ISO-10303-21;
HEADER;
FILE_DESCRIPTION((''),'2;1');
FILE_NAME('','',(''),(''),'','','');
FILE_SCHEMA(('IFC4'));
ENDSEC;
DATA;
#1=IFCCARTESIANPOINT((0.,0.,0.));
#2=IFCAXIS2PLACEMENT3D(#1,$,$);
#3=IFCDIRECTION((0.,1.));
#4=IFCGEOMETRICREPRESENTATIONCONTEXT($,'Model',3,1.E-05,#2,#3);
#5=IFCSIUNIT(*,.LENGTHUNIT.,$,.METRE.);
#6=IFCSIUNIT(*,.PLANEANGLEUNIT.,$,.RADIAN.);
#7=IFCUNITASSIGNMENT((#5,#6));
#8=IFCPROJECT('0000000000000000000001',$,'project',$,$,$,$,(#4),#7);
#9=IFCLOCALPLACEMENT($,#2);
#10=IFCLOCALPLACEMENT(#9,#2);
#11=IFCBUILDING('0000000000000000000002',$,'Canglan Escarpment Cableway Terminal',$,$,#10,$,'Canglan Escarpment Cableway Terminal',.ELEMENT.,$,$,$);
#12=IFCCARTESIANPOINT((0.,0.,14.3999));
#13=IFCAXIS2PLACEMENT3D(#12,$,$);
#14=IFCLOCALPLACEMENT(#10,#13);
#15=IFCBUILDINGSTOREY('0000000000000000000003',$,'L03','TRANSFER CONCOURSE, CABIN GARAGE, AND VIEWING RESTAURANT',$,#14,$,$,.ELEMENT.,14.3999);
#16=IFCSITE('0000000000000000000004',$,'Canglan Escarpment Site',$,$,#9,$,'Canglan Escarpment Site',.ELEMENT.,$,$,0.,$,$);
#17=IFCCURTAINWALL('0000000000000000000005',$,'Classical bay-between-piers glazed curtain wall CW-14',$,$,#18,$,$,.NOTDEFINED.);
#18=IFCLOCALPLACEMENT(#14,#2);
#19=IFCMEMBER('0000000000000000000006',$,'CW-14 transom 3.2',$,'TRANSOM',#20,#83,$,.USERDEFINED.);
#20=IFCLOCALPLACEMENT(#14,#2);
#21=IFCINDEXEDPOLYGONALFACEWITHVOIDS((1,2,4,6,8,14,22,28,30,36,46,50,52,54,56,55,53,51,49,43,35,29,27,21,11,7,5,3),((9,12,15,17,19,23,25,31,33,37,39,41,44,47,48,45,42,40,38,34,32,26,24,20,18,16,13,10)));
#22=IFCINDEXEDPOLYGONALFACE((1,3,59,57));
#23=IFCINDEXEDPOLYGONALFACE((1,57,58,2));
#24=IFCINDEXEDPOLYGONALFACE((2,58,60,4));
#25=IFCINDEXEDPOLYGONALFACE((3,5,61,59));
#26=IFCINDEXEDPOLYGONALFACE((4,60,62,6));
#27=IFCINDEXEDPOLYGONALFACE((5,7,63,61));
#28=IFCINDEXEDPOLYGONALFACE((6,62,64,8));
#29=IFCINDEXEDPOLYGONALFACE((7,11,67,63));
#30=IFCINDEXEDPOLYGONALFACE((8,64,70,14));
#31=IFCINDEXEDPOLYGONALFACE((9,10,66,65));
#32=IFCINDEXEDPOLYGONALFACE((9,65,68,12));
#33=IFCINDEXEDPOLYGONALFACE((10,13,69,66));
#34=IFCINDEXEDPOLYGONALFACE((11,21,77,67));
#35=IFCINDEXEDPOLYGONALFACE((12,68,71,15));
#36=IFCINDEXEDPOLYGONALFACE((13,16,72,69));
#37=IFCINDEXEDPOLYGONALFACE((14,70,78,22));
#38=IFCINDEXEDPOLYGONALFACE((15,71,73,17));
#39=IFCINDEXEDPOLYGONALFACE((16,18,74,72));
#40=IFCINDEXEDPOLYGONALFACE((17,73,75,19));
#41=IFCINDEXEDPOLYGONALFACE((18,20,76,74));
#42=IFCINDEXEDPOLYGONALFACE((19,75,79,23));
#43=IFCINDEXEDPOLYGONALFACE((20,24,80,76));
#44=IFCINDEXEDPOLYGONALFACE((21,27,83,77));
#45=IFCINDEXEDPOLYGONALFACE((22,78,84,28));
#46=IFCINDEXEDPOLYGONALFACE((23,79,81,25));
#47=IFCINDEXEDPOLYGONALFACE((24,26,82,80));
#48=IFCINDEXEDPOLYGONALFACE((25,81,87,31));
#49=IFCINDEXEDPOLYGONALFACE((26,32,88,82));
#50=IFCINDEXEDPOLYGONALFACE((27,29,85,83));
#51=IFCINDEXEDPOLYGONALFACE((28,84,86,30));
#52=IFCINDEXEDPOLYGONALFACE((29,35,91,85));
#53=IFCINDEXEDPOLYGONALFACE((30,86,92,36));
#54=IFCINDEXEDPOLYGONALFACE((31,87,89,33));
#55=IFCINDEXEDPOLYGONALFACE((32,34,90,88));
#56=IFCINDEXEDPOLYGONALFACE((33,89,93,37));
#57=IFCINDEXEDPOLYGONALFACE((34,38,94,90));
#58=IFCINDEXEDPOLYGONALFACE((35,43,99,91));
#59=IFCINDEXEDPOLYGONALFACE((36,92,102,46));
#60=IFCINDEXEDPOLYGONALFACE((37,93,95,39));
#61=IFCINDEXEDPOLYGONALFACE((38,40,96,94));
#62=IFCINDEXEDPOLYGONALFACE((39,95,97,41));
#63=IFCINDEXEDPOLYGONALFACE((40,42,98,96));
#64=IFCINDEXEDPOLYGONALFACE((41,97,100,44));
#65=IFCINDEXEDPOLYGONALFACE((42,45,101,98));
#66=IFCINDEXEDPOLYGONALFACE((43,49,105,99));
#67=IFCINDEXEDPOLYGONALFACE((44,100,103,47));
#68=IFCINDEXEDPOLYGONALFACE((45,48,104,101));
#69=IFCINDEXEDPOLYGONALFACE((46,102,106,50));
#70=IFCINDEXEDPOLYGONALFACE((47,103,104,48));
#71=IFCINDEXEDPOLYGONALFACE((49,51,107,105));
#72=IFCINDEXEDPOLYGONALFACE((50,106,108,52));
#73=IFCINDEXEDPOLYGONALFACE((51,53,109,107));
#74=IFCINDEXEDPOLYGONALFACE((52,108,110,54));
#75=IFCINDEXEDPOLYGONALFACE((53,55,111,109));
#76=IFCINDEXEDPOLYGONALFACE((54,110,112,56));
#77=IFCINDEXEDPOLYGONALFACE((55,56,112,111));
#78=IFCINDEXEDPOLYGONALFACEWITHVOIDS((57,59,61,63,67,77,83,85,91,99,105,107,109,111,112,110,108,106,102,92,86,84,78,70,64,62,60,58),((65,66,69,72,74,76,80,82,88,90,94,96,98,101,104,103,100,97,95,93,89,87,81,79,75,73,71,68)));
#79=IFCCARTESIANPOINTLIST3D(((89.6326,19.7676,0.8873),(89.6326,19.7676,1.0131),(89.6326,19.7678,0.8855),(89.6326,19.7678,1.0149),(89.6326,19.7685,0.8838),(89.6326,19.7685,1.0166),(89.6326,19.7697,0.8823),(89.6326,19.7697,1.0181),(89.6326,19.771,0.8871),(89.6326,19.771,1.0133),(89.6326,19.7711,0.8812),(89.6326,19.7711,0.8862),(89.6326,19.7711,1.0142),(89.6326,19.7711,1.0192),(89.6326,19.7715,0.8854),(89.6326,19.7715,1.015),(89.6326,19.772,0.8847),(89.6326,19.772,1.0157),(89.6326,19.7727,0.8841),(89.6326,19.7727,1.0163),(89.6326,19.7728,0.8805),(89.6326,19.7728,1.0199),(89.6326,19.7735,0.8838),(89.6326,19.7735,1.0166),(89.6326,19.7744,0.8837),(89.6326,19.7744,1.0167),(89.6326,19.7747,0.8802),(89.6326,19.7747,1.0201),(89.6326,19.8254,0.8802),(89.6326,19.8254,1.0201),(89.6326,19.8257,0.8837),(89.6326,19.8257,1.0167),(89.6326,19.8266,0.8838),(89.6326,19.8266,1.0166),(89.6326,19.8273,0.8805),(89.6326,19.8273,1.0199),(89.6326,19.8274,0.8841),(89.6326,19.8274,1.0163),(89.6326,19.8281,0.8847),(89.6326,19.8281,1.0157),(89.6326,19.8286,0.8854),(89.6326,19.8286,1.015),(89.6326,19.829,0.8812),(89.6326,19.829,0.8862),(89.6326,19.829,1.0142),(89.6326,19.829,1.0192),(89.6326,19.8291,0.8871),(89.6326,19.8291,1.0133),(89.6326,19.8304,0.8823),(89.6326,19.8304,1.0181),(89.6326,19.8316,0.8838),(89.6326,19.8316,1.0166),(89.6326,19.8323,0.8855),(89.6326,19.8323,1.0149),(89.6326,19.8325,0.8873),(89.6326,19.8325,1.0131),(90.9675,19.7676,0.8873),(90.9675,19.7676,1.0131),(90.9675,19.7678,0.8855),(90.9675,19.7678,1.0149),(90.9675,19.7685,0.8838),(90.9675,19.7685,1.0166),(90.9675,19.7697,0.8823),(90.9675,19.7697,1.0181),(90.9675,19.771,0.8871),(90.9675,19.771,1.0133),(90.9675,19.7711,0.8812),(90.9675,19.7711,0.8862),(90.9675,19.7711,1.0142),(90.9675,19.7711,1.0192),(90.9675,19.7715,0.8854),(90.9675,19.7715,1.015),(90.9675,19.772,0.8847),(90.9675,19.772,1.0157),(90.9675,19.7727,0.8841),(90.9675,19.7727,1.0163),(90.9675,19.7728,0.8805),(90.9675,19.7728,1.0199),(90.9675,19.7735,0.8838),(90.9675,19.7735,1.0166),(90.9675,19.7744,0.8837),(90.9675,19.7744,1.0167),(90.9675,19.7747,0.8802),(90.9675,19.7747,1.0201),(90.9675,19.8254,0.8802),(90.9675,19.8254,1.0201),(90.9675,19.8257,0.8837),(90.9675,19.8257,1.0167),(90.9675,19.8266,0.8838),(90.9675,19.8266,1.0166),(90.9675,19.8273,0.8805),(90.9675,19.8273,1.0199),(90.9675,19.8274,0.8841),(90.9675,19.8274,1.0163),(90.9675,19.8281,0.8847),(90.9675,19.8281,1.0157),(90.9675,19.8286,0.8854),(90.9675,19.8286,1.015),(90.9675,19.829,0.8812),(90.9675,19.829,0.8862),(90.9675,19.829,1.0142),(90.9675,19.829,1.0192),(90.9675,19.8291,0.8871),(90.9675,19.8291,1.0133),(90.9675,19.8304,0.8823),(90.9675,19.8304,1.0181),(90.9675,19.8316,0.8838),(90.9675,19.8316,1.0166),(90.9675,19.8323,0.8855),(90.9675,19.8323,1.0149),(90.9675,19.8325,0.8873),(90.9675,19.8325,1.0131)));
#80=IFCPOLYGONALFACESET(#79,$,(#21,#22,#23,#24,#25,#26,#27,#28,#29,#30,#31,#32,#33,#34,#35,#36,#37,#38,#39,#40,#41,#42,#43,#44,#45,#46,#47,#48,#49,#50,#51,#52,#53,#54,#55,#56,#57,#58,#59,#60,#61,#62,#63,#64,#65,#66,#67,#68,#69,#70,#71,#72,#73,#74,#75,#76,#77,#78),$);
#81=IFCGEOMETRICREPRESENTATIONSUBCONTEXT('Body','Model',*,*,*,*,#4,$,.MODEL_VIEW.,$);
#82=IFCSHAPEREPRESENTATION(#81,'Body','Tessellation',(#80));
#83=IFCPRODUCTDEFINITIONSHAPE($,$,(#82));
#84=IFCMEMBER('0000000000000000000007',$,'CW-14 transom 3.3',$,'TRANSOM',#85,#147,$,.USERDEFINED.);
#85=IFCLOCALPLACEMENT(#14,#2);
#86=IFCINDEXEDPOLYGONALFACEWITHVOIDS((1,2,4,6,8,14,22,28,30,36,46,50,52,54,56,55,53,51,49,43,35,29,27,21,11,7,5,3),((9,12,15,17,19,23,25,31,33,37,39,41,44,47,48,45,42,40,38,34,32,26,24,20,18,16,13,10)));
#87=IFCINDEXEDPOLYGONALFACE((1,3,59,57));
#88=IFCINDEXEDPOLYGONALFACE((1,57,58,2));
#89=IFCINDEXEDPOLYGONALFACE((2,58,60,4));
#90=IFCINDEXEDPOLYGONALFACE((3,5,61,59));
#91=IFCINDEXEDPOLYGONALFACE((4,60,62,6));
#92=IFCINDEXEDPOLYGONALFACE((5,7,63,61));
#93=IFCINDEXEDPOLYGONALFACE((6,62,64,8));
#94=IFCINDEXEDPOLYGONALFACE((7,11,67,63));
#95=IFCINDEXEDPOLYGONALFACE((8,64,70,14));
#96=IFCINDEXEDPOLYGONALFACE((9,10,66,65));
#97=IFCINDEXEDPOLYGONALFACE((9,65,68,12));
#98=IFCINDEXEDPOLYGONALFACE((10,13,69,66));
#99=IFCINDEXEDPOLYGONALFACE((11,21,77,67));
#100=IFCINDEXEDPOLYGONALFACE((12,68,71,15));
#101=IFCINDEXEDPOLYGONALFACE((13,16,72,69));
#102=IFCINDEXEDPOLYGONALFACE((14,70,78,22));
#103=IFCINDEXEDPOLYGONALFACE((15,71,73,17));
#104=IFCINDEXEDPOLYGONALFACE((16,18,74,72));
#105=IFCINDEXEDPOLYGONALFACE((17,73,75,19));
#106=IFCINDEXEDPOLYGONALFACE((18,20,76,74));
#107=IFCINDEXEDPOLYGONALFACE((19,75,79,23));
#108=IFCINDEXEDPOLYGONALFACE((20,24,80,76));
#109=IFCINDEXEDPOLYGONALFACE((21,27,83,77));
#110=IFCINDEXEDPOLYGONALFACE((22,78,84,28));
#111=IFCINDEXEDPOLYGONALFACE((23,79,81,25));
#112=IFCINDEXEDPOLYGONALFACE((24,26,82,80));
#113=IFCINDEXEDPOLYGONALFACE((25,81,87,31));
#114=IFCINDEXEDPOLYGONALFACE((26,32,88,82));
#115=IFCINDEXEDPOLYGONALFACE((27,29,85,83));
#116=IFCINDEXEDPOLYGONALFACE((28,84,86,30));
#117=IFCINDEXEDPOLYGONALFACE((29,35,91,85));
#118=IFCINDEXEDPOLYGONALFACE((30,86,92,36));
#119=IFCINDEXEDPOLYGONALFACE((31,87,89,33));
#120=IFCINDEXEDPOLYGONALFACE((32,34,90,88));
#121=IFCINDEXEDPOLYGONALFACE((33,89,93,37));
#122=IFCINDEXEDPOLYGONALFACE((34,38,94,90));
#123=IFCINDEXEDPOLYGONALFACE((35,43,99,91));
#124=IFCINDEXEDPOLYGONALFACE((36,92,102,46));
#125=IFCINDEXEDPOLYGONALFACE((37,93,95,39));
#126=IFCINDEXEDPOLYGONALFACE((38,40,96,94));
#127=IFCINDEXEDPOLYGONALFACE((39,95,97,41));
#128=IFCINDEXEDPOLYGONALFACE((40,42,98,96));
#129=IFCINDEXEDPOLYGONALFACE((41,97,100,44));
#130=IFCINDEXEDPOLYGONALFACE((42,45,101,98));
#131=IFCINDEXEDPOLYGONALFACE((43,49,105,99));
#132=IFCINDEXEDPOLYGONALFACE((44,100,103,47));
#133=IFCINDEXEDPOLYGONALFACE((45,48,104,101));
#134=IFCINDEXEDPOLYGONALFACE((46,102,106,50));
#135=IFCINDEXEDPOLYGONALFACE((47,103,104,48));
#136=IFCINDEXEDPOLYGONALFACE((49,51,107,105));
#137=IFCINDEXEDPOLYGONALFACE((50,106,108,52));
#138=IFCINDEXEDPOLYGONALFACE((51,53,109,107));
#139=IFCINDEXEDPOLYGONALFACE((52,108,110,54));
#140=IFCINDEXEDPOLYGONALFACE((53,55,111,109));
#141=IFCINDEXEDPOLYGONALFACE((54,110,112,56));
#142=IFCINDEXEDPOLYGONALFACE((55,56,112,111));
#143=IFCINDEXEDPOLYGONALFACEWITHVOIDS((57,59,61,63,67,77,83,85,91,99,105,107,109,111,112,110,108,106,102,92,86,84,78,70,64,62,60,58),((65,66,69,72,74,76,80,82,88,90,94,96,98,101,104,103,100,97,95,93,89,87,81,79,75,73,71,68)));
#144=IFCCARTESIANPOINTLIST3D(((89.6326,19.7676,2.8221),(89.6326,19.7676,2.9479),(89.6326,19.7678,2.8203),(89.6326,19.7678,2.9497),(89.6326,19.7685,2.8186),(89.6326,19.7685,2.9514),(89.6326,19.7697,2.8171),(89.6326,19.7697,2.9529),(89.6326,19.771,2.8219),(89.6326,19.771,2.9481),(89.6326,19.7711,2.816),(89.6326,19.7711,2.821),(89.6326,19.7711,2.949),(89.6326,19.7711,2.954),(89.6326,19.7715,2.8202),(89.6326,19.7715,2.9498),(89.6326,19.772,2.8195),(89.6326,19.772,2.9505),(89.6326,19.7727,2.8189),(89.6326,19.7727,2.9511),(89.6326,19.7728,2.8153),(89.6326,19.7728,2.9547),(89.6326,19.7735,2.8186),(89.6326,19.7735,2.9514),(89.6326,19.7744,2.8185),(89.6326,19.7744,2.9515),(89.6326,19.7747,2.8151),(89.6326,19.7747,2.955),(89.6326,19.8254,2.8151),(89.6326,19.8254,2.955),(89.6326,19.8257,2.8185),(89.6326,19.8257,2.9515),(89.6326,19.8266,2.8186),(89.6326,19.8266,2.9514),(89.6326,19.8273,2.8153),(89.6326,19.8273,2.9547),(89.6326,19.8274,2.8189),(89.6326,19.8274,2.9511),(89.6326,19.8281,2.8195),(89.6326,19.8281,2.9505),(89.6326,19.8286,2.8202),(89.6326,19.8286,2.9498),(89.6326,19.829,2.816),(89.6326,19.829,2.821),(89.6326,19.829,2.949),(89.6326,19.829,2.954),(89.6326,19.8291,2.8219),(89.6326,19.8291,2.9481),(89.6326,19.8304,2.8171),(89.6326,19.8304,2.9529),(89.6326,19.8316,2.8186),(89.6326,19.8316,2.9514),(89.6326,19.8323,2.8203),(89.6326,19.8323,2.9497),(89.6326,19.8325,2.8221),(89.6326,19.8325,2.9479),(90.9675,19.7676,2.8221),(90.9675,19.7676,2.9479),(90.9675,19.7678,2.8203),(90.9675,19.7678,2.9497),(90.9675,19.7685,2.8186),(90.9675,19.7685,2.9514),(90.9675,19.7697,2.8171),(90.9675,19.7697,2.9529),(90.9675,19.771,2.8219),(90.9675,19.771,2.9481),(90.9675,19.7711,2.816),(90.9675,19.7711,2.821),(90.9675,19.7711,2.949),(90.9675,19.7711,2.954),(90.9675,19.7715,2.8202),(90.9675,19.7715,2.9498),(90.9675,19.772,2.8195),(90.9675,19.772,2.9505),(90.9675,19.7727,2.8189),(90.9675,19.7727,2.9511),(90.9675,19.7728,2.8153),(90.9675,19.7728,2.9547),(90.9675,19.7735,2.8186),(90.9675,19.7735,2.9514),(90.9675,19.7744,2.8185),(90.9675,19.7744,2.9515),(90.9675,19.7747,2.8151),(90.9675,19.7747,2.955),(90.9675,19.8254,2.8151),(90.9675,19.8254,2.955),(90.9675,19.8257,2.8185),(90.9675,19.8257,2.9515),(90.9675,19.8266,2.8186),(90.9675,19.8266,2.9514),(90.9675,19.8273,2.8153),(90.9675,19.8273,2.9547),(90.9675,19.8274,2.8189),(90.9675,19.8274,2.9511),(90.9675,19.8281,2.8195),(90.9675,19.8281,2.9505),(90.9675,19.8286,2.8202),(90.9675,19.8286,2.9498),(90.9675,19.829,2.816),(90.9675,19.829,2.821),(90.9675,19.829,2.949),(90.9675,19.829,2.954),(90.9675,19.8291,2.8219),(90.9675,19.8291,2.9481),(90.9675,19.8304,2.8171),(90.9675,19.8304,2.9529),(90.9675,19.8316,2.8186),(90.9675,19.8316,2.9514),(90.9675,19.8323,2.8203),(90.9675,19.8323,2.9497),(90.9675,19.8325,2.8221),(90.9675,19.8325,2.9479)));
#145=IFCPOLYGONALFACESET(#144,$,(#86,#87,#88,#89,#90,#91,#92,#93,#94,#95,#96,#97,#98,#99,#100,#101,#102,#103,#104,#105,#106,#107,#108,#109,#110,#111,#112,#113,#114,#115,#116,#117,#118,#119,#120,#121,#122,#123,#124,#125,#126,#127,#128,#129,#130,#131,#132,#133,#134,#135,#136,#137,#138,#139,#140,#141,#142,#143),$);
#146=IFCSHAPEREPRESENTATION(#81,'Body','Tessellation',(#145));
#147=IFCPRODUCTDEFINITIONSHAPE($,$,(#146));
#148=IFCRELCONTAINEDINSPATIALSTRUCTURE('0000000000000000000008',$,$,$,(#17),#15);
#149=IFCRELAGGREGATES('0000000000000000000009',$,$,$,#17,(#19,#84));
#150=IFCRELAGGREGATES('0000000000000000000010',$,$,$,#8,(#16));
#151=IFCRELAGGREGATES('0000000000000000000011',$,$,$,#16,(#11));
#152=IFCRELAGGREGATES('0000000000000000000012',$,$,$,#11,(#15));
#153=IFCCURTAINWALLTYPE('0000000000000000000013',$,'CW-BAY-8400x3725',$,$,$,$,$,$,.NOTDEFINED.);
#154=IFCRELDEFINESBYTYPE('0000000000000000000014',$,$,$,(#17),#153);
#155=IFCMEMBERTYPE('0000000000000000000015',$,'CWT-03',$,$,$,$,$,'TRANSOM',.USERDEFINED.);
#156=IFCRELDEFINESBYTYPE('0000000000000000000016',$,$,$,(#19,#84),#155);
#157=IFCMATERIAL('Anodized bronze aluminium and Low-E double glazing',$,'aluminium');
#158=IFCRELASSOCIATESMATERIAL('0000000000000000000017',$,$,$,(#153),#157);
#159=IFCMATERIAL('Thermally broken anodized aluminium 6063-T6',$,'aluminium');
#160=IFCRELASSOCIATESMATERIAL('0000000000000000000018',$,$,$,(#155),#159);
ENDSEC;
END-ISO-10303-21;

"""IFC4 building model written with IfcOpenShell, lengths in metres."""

from ifc_helpers import new_model, si_unit, direction, frame, origin, origin_2d, place, context, subcontext, project, spatial, hollow_rectangle, extrude, material, material_profile, profile_set, type_object, element, aggregate, save


model = new_model("IFC4")

# Units and contexts
model_context = context("Model", 3, precision=1e-05, world=origin(), true_north=direction((0.0, 1.0)))
body_context = subcontext(model_context, "Body", "Model", "MODEL_VIEW")
ifc_project = project(units=[si_unit("LENGTHUNIT", "METRE"), si_unit("PLANEANGLEUNIT", "RADIAN")], contexts=[model_context])

# Site, building, storey
site_placement = place(None, origin())
site = spatial("IfcSite", under=ifc_project, at=site_placement, Name="Canglan Escarpment Site", LongName="Canglan Escarpment Site", CompositionType="ELEMENT", RefElevation=0.0)
building_placement = place(site_placement, origin())
building = spatial("IfcBuilding", under=site, at=building_placement, Name="Canglan Escarpment Cableway Terminal", LongName="Canglan Escarpment Cableway Terminal", CompositionType="ELEMENT")
storey_placement = place(building_placement, frame((0.0, 0.0, 14.3999)))
storey = spatial("IfcBuildingStorey", under=building, at=storey_placement, Name="L03", Description="TRANSFER CONCOURSE, CABIN GARAGE, AND VIEWING RESTAURANT", CompositionType="ELEMENT", Elevation=14.3999)

# Curtain wall, members
ifc_material_1 = material(Name="Anodized bronze aluminium and Low-E double glazing", Category="aluminium")
curtain_wall_type_1 = type_object("IfcCurtainWallType", Name="CW-BAY-8400x3725", PredefinedType="NOTDEFINED", material=ifc_material_1)
curtain_wall_1_placement = place(storey_placement, origin())
curtain_wall_1 = element("IfcCurtainWall", 1, at=curtain_wall_1_placement, inside=storey, type_object=curtain_wall_type_1, Name="Classical bay-between-piers glazed curtain wall CW-14", PredefinedType="NOTDEFINED")
ifc_material_2 = material(Name="Thermally broken anodized aluminium 6063-T6", Category="aluminium")
ifc_material_profile_1 = material_profile(ifc_material_2, hollow_rectangle(XDim=0.0649, YDim=0.1399, WallThickness=0.0034, InnerFilletRadius=0.0034, OuterFilletRadius=0.0071, at=origin_2d()), Name="ALU-TRAN 65x140x3.5")
ifc_profile_set_1 = profile_set([ifc_material_profile_1], Name="Thermally broken anodized aluminium 6063-T6")
member_type_1 = type_object("IfcMemberType", Name="CWT-03", ElementType="TRANSOM", PredefinedType="USERDEFINED", material=ifc_profile_set_1)
member_1_placement = place(storey_placement, frame((90.9675, 19.8, 0.9502), z_axis=(-1.0, 0.0, 0.0), x_axis=(0.0, -1.0, 0.0)))
member_1 = element("IfcMember", 2, at=member_1_placement, type_object=member_type_1, Name="CW-14 transom 3.2", ObjectType="TRANSOM", PredefinedType="USERDEFINED", context=body_context, shape_type="SweptSolid", body=[
    extrude(hollow_rectangle(XDim=0.0649, YDim=0.1399, WallThickness=0.0034, InnerFilletRadius=0.0034, OuterFilletRadius=0.0071, at=origin_2d()), origin(), (0.0, 0.0, 1.0), 1.335),
])
member_2_placement = place(storey_placement, frame((90.9675, 19.8, 2.885), z_axis=(-1.0, 0.0, 0.0), x_axis=(0.0, -1.0, 0.0)))
member_2 = element("IfcMember", 3, at=member_2_placement, type_object=member_type_1, Name="CW-14 transom 3.3", ObjectType="TRANSOM", PredefinedType="USERDEFINED", context=body_context, shape_type="SweptSolid", body=[
    extrude(hollow_rectangle(XDim=0.0649, YDim=0.1399, WallThickness=0.0034, InnerFilletRadius=0.0034, OuterFilletRadius=0.0071, at=origin_2d()), origin(), (0.0, 0.0, 1.0), 1.335),
])

aggregate(curtain_wall_1, [member_1, member_2])

save(model, "model.ifc")
